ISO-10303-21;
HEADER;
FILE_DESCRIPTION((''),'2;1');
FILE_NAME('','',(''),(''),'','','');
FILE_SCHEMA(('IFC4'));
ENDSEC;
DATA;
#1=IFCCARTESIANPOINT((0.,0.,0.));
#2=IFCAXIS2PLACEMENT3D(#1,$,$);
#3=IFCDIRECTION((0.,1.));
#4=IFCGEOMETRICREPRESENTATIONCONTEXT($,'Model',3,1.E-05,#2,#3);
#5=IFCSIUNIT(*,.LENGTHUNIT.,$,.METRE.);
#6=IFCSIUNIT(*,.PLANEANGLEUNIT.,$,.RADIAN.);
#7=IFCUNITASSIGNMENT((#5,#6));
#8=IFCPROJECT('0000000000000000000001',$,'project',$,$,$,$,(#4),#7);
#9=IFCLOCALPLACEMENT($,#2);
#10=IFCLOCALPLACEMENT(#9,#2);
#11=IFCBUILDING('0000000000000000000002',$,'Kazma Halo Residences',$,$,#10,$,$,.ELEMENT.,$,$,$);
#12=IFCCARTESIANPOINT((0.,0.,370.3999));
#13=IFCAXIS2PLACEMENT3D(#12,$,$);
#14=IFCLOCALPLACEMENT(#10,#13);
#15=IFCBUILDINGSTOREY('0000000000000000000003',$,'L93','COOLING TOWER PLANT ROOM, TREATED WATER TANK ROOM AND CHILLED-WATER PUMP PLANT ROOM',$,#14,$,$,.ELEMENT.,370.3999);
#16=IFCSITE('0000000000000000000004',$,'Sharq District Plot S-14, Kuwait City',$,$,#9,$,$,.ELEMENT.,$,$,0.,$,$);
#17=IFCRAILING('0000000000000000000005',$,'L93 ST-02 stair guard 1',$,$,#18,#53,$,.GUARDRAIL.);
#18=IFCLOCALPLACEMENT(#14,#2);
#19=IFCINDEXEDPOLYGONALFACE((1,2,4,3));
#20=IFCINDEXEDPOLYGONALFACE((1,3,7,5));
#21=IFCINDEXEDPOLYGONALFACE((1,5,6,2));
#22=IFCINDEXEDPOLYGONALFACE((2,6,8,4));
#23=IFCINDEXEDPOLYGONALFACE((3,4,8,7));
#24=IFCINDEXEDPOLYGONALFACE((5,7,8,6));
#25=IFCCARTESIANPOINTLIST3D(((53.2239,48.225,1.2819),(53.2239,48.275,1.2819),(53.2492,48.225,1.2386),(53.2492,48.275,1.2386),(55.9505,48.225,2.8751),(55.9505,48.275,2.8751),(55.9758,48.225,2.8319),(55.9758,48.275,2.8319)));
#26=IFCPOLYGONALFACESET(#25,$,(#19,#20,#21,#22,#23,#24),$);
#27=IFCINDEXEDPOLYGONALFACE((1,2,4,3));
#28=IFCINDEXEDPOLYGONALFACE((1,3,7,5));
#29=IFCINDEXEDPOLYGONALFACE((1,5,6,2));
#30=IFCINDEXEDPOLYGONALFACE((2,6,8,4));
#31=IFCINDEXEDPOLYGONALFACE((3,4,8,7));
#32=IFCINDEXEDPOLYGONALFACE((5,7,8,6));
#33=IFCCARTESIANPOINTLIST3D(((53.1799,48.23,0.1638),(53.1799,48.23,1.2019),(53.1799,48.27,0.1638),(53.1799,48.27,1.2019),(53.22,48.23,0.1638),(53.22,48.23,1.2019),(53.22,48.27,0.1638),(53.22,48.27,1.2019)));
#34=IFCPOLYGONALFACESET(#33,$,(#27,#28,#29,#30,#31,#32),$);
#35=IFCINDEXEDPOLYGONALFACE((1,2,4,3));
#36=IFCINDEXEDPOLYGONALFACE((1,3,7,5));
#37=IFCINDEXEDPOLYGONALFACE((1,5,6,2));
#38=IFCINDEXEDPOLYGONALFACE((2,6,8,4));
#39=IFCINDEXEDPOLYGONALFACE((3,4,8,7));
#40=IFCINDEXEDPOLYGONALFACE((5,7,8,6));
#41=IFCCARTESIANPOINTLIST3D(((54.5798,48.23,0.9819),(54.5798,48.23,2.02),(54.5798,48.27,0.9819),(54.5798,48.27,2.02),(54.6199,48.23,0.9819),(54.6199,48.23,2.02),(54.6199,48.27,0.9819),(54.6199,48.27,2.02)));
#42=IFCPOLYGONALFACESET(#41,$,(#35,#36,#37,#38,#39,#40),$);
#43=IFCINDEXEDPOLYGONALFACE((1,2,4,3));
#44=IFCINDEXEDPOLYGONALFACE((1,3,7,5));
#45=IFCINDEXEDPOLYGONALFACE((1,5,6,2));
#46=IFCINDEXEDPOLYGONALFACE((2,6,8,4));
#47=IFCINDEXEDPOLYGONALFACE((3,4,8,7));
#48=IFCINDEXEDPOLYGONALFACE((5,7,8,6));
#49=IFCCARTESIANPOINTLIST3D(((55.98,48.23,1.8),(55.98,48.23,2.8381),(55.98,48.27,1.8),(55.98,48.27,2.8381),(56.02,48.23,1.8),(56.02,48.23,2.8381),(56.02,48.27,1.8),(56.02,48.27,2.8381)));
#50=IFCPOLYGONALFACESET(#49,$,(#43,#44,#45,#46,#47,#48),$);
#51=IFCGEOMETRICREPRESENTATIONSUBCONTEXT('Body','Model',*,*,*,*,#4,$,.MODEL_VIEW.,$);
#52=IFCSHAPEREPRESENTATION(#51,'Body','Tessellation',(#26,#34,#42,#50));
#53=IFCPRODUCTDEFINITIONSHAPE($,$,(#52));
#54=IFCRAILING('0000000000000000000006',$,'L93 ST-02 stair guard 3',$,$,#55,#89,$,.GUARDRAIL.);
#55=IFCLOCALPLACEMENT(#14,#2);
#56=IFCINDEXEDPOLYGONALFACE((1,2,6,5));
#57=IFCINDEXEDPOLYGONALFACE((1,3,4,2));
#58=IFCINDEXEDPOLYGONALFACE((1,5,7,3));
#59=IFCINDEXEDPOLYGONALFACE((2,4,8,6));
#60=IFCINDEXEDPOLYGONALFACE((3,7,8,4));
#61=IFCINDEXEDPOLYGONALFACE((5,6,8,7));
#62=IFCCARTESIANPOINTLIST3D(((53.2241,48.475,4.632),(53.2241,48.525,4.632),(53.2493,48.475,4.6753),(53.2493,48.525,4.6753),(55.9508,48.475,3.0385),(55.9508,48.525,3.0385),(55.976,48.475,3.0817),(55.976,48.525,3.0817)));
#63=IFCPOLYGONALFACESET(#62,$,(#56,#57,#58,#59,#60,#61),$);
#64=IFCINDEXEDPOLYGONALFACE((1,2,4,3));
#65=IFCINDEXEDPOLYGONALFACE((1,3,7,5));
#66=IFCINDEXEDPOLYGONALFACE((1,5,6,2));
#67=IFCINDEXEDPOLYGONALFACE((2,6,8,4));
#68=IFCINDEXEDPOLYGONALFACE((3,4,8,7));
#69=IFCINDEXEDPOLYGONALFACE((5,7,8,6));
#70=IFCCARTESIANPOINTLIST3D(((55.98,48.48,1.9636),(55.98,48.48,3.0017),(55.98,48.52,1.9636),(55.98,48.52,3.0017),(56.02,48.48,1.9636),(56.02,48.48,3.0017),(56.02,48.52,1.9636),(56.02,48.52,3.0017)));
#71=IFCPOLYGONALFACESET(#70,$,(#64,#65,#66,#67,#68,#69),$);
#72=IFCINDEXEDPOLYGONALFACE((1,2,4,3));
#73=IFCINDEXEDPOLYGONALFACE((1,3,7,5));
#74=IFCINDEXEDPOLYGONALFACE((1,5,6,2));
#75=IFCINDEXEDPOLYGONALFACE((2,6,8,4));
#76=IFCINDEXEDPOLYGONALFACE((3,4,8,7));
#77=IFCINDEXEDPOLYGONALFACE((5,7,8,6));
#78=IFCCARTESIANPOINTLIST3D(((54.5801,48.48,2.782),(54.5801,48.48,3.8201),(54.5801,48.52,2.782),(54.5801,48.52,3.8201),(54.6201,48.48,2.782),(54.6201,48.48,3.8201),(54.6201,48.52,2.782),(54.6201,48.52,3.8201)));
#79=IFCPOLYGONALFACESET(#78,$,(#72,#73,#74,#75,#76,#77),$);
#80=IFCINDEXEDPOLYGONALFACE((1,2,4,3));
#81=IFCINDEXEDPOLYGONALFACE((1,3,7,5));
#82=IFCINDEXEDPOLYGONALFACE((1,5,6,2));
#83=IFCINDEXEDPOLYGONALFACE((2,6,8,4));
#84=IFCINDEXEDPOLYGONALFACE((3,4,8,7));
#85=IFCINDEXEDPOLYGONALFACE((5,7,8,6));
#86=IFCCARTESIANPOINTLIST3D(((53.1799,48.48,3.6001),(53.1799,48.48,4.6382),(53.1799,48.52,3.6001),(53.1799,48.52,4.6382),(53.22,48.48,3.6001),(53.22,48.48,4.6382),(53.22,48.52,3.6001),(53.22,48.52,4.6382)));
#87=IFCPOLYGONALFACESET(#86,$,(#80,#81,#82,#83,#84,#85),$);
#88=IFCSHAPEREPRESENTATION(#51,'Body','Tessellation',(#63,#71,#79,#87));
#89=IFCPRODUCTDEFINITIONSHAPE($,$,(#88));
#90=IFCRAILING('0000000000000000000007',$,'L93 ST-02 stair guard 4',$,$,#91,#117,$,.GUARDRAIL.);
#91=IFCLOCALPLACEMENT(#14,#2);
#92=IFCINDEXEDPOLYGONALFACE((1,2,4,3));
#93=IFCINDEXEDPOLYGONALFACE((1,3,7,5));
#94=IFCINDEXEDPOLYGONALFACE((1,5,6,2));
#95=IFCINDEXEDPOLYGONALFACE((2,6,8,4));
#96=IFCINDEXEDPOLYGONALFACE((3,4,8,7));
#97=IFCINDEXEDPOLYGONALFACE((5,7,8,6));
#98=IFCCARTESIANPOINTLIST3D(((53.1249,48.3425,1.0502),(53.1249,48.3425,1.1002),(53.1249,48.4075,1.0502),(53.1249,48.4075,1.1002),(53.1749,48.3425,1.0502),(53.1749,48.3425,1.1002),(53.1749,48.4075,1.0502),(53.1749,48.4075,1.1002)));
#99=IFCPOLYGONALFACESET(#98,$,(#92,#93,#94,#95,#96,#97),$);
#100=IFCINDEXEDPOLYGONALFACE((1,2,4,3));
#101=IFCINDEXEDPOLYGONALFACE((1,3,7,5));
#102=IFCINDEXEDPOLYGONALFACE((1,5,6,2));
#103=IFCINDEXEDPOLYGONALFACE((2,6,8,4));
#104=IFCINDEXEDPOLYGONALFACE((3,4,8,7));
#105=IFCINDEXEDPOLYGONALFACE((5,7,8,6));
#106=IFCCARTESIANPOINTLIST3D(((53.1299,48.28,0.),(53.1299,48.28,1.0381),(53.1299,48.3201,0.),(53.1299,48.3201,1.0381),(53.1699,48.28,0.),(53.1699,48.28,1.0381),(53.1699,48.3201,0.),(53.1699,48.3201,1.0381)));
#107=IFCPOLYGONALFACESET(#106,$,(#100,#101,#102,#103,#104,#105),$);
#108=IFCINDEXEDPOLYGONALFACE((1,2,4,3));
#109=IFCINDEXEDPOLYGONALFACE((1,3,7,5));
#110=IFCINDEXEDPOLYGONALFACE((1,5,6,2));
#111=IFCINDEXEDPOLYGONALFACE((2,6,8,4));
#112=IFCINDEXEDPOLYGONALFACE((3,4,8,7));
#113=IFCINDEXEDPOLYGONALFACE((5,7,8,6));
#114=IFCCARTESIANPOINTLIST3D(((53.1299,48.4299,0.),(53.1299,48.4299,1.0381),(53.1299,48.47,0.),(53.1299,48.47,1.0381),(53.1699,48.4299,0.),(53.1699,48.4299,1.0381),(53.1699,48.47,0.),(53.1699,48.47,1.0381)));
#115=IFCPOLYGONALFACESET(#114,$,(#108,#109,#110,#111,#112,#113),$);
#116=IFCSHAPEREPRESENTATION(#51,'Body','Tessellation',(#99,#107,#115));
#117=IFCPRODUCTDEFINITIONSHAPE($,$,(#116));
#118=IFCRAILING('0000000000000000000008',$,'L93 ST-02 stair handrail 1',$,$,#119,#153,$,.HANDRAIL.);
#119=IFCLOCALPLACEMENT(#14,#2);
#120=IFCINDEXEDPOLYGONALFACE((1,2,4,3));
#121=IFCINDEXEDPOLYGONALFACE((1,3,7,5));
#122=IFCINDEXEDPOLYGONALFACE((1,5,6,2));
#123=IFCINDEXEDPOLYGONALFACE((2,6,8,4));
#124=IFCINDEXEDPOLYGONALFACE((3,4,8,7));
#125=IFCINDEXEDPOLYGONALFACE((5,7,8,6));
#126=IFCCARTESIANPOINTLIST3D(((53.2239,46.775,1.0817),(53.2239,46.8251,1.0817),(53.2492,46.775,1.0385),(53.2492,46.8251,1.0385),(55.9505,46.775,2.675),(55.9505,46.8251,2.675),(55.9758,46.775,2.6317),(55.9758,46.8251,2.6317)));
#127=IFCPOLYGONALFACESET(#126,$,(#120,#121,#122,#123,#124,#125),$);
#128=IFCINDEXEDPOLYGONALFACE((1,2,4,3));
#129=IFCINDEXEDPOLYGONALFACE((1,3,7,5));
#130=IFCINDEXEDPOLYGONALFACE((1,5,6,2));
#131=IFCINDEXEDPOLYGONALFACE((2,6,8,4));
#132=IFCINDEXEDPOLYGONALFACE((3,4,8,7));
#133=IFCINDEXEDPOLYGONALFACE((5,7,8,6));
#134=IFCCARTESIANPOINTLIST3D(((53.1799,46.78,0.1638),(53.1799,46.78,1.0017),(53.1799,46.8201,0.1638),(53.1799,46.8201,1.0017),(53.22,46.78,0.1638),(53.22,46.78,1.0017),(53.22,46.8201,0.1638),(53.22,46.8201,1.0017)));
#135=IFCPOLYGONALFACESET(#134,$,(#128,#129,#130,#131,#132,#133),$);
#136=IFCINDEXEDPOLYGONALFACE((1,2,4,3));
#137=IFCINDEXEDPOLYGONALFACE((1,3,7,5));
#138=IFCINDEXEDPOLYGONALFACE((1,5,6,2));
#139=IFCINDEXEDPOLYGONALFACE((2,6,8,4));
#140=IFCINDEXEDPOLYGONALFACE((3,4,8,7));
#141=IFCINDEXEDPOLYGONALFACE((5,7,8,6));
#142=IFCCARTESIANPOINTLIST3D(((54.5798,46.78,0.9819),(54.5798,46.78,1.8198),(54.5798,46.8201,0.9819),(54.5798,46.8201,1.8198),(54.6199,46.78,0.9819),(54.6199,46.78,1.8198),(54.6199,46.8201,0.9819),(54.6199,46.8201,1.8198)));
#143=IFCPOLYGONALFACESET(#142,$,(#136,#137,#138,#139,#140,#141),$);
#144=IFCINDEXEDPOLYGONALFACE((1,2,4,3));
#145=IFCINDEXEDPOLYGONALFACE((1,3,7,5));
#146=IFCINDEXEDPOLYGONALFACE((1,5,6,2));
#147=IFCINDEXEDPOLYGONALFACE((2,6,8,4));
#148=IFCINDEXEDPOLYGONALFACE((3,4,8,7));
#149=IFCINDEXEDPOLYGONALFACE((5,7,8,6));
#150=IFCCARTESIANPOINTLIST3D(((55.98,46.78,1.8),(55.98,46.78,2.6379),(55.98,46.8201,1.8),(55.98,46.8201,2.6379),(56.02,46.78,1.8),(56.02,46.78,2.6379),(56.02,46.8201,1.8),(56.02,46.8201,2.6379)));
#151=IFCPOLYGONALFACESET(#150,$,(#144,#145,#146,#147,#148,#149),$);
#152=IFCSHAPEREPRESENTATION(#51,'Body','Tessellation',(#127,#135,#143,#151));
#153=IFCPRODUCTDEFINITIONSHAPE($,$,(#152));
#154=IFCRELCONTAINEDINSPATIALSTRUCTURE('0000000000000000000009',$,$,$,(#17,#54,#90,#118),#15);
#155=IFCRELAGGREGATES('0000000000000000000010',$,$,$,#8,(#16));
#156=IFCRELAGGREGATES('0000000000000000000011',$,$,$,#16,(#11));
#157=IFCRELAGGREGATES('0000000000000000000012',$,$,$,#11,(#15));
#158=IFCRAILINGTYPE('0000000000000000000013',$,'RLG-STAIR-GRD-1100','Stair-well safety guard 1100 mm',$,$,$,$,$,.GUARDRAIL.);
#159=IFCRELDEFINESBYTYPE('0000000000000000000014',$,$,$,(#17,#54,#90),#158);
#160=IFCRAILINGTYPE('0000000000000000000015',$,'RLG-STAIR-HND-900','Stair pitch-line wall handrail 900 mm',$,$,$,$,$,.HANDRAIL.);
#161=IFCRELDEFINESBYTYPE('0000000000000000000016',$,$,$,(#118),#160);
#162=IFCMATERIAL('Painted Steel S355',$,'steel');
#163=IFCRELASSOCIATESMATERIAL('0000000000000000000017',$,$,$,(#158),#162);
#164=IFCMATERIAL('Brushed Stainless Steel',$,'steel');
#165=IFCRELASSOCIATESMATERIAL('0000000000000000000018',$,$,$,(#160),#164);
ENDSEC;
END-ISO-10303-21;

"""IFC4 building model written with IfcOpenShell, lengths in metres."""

from ifc_helpers import new_model, si_unit, direction, frame, origin, origin_2d, place, context, subcontext, project, spatial, rectangle, extrude, material, type_object, element, save


model = new_model("IFC4")

# Units and contexts
model_context = context("Model", 3, precision=1e-05, world=origin(), true_north=direction((0.0, 1.0)))
body_context = subcontext(model_context, "Body", "Model", "MODEL_VIEW")
ifc_project = project(units=[si_unit("LENGTHUNIT", "METRE"), si_unit("PLANEANGLEUNIT", "RADIAN")], contexts=[model_context])

# Site, building, storey
site_placement = place(None, origin())
site = spatial("IfcSite", under=ifc_project, at=site_placement, Name="Sharq District Plot S-14, Kuwait City", CompositionType="ELEMENT", RefElevation=0.0)
building_placement = place(site_placement, origin())
building = spatial("IfcBuilding", under=site, at=building_placement, Name="Kazma Halo Residences", CompositionType="ELEMENT")
storey_placement = place(building_placement, frame((0.0, 0.0, 370.3999)))
storey = spatial("IfcBuildingStorey", under=building, at=storey_placement, Name="L93", Description="COOLING TOWER PLANT ROOM, TREATED WATER TANK ROOM AND CHILLED-WATER PUMP PLANT ROOM", CompositionType="ELEMENT", Elevation=370.3999)

# Railings
ifc_material_1 = material(Name="Painted Steel S355", Category="steel")
railing_type_1 = type_object("IfcRailingType", Name="RLG-STAIR-GRD-1100", Description="Stair-well safety guard 1100 mm", PredefinedType="GUARDRAIL", material=ifc_material_1)
railing_1_placement = place(storey_placement, frame((53.2, 48.25, 0.1638)))
element("IfcRailing", 1, at=railing_1_placement, inside=storey, type_object=railing_type_1, Name="L93 ST-02 stair guard 1", PredefinedType="GUARDRAIL", context=body_context, shape_type="SweptSolid", body=[
    extrude(rectangle(XDim=0.05, YDim=0.05, at=origin_2d()), frame((0.0366, 0.0, 1.0964), z_axis=(0.863394, 0.0, 0.504531), x_axis=(0.0, 1.0, 0.0)), (0.0, 0.0, 1.0), 3.158),
    extrude(rectangle(XDim=0.04, YDim=0.04, at=origin_2d()), origin(), (0.0, 0.0, 1.0), 1.0381),
    extrude(rectangle(XDim=0.04, YDim=0.04, at=origin_2d()), frame((1.3999, 0.0, 0.8181)), (0.0, 0.0, 1.0), 1.0381),
    extrude(rectangle(XDim=0.04, YDim=0.04, at=origin_2d()), frame((2.8, 0.0, 1.6362)), (0.0, 0.0, 1.0), 1.0381),
])
railing_2_placement = place(storey_placement, frame((56.0, 48.5, 1.9636)))
element("IfcRailing", 2, at=railing_2_placement, inside=storey, type_object=railing_type_1, Name="L93 ST-02 stair guard 3", PredefinedType="GUARDRAIL", context=body_context, shape_type="SweptSolid", body=[
    extrude(rectangle(XDim=0.05, YDim=0.05, at=origin_2d()), frame((-0.0366, 0.0, 1.0964), z_axis=(-0.863361, 0.0, 0.504587), x_axis=(0.0, -1.0, 0.0)), (0.0, 0.0, 1.0), 3.1582),
    extrude(rectangle(XDim=0.04, YDim=0.04, at=origin_2d()), origin(), (0.0, 0.0, 1.0), 1.0381),
    extrude(rectangle(XDim=0.04, YDim=0.04, at=origin_2d()), frame((-1.3999, 0.0, 0.8184)), (0.0, 0.0, 1.0), 1.0381),
    extrude(rectangle(XDim=0.04, YDim=0.04, at=origin_2d()), frame((-2.8, 0.0, 1.6365)), (0.0, 0.0, 1.0), 1.0381),
])
railing_3_placement = place(storey_placement, frame((53.1499, 48.3, 0.0)))
element("IfcRailing", 3, at=railing_3_placement, inside=storey, type_object=railing_type_1, Name="L93 ST-02 stair guard 4", PredefinedType="GUARDRAIL", context=body_context, shape_type="SweptSolid", body=[
    extrude(rectangle(XDim=0.05, YDim=0.05, at=origin_2d()), frame((0.0, 0.0425, 1.0752), z_axis=(0.0, 1.0, 0.0), x_axis=(-1.0, 0.0, 0.0)), (0.0, 0.0, 1.0), 0.0649),
    extrude(rectangle(XDim=0.04, YDim=0.04, at=origin_2d()), origin(), (0.0, 0.0, 1.0), 1.0381),
    extrude(rectangle(XDim=0.04, YDim=0.04, at=origin_2d()), frame((0.0, 0.1499, 0.0)), (0.0, 0.0, 1.0), 1.0381),
])
ifc_material_2 = material(Name="Brushed Stainless Steel", Category="steel")
railing_type_2 = type_object("IfcRailingType", Name="RLG-STAIR-HND-900", Description="Stair pitch-line wall handrail 900 mm", PredefinedType="HANDRAIL", material=ifc_material_2)
railing_4_placement = place(storey_placement, frame((53.2, 46.8, 0.1638)))
element("IfcRailing", 4, at=railing_4_placement, inside=storey, type_object=railing_type_2, Name="L93 ST-02 stair handrail 1", PredefinedType="HANDRAIL", context=body_context, shape_type="SweptSolid", body=[
    extrude(rectangle(XDim=0.05, YDim=0.05, at=origin_2d()), frame((0.0366, 0.0, 0.8962), z_axis=(0.863394, 0.0, 0.504531), x_axis=(0.0, 1.0, 0.0)), (0.0, 0.0, 1.0), 3.158),
    extrude(rectangle(XDim=0.04, YDim=0.04, at=origin_2d()), origin(), (0.0, 0.0, 1.0), 0.8379),
    extrude(rectangle(XDim=0.04, YDim=0.04, at=origin_2d()), frame((1.3999, 0.0, 0.8181)), (0.0, 0.0, 1.0), 0.8379),
    extrude(rectangle(XDim=0.04, YDim=0.04, at=origin_2d()), frame((2.8, 0.0, 1.6362)), (0.0, 0.0, 1.0), 0.8379),
])

save(model, "model.ifc")
